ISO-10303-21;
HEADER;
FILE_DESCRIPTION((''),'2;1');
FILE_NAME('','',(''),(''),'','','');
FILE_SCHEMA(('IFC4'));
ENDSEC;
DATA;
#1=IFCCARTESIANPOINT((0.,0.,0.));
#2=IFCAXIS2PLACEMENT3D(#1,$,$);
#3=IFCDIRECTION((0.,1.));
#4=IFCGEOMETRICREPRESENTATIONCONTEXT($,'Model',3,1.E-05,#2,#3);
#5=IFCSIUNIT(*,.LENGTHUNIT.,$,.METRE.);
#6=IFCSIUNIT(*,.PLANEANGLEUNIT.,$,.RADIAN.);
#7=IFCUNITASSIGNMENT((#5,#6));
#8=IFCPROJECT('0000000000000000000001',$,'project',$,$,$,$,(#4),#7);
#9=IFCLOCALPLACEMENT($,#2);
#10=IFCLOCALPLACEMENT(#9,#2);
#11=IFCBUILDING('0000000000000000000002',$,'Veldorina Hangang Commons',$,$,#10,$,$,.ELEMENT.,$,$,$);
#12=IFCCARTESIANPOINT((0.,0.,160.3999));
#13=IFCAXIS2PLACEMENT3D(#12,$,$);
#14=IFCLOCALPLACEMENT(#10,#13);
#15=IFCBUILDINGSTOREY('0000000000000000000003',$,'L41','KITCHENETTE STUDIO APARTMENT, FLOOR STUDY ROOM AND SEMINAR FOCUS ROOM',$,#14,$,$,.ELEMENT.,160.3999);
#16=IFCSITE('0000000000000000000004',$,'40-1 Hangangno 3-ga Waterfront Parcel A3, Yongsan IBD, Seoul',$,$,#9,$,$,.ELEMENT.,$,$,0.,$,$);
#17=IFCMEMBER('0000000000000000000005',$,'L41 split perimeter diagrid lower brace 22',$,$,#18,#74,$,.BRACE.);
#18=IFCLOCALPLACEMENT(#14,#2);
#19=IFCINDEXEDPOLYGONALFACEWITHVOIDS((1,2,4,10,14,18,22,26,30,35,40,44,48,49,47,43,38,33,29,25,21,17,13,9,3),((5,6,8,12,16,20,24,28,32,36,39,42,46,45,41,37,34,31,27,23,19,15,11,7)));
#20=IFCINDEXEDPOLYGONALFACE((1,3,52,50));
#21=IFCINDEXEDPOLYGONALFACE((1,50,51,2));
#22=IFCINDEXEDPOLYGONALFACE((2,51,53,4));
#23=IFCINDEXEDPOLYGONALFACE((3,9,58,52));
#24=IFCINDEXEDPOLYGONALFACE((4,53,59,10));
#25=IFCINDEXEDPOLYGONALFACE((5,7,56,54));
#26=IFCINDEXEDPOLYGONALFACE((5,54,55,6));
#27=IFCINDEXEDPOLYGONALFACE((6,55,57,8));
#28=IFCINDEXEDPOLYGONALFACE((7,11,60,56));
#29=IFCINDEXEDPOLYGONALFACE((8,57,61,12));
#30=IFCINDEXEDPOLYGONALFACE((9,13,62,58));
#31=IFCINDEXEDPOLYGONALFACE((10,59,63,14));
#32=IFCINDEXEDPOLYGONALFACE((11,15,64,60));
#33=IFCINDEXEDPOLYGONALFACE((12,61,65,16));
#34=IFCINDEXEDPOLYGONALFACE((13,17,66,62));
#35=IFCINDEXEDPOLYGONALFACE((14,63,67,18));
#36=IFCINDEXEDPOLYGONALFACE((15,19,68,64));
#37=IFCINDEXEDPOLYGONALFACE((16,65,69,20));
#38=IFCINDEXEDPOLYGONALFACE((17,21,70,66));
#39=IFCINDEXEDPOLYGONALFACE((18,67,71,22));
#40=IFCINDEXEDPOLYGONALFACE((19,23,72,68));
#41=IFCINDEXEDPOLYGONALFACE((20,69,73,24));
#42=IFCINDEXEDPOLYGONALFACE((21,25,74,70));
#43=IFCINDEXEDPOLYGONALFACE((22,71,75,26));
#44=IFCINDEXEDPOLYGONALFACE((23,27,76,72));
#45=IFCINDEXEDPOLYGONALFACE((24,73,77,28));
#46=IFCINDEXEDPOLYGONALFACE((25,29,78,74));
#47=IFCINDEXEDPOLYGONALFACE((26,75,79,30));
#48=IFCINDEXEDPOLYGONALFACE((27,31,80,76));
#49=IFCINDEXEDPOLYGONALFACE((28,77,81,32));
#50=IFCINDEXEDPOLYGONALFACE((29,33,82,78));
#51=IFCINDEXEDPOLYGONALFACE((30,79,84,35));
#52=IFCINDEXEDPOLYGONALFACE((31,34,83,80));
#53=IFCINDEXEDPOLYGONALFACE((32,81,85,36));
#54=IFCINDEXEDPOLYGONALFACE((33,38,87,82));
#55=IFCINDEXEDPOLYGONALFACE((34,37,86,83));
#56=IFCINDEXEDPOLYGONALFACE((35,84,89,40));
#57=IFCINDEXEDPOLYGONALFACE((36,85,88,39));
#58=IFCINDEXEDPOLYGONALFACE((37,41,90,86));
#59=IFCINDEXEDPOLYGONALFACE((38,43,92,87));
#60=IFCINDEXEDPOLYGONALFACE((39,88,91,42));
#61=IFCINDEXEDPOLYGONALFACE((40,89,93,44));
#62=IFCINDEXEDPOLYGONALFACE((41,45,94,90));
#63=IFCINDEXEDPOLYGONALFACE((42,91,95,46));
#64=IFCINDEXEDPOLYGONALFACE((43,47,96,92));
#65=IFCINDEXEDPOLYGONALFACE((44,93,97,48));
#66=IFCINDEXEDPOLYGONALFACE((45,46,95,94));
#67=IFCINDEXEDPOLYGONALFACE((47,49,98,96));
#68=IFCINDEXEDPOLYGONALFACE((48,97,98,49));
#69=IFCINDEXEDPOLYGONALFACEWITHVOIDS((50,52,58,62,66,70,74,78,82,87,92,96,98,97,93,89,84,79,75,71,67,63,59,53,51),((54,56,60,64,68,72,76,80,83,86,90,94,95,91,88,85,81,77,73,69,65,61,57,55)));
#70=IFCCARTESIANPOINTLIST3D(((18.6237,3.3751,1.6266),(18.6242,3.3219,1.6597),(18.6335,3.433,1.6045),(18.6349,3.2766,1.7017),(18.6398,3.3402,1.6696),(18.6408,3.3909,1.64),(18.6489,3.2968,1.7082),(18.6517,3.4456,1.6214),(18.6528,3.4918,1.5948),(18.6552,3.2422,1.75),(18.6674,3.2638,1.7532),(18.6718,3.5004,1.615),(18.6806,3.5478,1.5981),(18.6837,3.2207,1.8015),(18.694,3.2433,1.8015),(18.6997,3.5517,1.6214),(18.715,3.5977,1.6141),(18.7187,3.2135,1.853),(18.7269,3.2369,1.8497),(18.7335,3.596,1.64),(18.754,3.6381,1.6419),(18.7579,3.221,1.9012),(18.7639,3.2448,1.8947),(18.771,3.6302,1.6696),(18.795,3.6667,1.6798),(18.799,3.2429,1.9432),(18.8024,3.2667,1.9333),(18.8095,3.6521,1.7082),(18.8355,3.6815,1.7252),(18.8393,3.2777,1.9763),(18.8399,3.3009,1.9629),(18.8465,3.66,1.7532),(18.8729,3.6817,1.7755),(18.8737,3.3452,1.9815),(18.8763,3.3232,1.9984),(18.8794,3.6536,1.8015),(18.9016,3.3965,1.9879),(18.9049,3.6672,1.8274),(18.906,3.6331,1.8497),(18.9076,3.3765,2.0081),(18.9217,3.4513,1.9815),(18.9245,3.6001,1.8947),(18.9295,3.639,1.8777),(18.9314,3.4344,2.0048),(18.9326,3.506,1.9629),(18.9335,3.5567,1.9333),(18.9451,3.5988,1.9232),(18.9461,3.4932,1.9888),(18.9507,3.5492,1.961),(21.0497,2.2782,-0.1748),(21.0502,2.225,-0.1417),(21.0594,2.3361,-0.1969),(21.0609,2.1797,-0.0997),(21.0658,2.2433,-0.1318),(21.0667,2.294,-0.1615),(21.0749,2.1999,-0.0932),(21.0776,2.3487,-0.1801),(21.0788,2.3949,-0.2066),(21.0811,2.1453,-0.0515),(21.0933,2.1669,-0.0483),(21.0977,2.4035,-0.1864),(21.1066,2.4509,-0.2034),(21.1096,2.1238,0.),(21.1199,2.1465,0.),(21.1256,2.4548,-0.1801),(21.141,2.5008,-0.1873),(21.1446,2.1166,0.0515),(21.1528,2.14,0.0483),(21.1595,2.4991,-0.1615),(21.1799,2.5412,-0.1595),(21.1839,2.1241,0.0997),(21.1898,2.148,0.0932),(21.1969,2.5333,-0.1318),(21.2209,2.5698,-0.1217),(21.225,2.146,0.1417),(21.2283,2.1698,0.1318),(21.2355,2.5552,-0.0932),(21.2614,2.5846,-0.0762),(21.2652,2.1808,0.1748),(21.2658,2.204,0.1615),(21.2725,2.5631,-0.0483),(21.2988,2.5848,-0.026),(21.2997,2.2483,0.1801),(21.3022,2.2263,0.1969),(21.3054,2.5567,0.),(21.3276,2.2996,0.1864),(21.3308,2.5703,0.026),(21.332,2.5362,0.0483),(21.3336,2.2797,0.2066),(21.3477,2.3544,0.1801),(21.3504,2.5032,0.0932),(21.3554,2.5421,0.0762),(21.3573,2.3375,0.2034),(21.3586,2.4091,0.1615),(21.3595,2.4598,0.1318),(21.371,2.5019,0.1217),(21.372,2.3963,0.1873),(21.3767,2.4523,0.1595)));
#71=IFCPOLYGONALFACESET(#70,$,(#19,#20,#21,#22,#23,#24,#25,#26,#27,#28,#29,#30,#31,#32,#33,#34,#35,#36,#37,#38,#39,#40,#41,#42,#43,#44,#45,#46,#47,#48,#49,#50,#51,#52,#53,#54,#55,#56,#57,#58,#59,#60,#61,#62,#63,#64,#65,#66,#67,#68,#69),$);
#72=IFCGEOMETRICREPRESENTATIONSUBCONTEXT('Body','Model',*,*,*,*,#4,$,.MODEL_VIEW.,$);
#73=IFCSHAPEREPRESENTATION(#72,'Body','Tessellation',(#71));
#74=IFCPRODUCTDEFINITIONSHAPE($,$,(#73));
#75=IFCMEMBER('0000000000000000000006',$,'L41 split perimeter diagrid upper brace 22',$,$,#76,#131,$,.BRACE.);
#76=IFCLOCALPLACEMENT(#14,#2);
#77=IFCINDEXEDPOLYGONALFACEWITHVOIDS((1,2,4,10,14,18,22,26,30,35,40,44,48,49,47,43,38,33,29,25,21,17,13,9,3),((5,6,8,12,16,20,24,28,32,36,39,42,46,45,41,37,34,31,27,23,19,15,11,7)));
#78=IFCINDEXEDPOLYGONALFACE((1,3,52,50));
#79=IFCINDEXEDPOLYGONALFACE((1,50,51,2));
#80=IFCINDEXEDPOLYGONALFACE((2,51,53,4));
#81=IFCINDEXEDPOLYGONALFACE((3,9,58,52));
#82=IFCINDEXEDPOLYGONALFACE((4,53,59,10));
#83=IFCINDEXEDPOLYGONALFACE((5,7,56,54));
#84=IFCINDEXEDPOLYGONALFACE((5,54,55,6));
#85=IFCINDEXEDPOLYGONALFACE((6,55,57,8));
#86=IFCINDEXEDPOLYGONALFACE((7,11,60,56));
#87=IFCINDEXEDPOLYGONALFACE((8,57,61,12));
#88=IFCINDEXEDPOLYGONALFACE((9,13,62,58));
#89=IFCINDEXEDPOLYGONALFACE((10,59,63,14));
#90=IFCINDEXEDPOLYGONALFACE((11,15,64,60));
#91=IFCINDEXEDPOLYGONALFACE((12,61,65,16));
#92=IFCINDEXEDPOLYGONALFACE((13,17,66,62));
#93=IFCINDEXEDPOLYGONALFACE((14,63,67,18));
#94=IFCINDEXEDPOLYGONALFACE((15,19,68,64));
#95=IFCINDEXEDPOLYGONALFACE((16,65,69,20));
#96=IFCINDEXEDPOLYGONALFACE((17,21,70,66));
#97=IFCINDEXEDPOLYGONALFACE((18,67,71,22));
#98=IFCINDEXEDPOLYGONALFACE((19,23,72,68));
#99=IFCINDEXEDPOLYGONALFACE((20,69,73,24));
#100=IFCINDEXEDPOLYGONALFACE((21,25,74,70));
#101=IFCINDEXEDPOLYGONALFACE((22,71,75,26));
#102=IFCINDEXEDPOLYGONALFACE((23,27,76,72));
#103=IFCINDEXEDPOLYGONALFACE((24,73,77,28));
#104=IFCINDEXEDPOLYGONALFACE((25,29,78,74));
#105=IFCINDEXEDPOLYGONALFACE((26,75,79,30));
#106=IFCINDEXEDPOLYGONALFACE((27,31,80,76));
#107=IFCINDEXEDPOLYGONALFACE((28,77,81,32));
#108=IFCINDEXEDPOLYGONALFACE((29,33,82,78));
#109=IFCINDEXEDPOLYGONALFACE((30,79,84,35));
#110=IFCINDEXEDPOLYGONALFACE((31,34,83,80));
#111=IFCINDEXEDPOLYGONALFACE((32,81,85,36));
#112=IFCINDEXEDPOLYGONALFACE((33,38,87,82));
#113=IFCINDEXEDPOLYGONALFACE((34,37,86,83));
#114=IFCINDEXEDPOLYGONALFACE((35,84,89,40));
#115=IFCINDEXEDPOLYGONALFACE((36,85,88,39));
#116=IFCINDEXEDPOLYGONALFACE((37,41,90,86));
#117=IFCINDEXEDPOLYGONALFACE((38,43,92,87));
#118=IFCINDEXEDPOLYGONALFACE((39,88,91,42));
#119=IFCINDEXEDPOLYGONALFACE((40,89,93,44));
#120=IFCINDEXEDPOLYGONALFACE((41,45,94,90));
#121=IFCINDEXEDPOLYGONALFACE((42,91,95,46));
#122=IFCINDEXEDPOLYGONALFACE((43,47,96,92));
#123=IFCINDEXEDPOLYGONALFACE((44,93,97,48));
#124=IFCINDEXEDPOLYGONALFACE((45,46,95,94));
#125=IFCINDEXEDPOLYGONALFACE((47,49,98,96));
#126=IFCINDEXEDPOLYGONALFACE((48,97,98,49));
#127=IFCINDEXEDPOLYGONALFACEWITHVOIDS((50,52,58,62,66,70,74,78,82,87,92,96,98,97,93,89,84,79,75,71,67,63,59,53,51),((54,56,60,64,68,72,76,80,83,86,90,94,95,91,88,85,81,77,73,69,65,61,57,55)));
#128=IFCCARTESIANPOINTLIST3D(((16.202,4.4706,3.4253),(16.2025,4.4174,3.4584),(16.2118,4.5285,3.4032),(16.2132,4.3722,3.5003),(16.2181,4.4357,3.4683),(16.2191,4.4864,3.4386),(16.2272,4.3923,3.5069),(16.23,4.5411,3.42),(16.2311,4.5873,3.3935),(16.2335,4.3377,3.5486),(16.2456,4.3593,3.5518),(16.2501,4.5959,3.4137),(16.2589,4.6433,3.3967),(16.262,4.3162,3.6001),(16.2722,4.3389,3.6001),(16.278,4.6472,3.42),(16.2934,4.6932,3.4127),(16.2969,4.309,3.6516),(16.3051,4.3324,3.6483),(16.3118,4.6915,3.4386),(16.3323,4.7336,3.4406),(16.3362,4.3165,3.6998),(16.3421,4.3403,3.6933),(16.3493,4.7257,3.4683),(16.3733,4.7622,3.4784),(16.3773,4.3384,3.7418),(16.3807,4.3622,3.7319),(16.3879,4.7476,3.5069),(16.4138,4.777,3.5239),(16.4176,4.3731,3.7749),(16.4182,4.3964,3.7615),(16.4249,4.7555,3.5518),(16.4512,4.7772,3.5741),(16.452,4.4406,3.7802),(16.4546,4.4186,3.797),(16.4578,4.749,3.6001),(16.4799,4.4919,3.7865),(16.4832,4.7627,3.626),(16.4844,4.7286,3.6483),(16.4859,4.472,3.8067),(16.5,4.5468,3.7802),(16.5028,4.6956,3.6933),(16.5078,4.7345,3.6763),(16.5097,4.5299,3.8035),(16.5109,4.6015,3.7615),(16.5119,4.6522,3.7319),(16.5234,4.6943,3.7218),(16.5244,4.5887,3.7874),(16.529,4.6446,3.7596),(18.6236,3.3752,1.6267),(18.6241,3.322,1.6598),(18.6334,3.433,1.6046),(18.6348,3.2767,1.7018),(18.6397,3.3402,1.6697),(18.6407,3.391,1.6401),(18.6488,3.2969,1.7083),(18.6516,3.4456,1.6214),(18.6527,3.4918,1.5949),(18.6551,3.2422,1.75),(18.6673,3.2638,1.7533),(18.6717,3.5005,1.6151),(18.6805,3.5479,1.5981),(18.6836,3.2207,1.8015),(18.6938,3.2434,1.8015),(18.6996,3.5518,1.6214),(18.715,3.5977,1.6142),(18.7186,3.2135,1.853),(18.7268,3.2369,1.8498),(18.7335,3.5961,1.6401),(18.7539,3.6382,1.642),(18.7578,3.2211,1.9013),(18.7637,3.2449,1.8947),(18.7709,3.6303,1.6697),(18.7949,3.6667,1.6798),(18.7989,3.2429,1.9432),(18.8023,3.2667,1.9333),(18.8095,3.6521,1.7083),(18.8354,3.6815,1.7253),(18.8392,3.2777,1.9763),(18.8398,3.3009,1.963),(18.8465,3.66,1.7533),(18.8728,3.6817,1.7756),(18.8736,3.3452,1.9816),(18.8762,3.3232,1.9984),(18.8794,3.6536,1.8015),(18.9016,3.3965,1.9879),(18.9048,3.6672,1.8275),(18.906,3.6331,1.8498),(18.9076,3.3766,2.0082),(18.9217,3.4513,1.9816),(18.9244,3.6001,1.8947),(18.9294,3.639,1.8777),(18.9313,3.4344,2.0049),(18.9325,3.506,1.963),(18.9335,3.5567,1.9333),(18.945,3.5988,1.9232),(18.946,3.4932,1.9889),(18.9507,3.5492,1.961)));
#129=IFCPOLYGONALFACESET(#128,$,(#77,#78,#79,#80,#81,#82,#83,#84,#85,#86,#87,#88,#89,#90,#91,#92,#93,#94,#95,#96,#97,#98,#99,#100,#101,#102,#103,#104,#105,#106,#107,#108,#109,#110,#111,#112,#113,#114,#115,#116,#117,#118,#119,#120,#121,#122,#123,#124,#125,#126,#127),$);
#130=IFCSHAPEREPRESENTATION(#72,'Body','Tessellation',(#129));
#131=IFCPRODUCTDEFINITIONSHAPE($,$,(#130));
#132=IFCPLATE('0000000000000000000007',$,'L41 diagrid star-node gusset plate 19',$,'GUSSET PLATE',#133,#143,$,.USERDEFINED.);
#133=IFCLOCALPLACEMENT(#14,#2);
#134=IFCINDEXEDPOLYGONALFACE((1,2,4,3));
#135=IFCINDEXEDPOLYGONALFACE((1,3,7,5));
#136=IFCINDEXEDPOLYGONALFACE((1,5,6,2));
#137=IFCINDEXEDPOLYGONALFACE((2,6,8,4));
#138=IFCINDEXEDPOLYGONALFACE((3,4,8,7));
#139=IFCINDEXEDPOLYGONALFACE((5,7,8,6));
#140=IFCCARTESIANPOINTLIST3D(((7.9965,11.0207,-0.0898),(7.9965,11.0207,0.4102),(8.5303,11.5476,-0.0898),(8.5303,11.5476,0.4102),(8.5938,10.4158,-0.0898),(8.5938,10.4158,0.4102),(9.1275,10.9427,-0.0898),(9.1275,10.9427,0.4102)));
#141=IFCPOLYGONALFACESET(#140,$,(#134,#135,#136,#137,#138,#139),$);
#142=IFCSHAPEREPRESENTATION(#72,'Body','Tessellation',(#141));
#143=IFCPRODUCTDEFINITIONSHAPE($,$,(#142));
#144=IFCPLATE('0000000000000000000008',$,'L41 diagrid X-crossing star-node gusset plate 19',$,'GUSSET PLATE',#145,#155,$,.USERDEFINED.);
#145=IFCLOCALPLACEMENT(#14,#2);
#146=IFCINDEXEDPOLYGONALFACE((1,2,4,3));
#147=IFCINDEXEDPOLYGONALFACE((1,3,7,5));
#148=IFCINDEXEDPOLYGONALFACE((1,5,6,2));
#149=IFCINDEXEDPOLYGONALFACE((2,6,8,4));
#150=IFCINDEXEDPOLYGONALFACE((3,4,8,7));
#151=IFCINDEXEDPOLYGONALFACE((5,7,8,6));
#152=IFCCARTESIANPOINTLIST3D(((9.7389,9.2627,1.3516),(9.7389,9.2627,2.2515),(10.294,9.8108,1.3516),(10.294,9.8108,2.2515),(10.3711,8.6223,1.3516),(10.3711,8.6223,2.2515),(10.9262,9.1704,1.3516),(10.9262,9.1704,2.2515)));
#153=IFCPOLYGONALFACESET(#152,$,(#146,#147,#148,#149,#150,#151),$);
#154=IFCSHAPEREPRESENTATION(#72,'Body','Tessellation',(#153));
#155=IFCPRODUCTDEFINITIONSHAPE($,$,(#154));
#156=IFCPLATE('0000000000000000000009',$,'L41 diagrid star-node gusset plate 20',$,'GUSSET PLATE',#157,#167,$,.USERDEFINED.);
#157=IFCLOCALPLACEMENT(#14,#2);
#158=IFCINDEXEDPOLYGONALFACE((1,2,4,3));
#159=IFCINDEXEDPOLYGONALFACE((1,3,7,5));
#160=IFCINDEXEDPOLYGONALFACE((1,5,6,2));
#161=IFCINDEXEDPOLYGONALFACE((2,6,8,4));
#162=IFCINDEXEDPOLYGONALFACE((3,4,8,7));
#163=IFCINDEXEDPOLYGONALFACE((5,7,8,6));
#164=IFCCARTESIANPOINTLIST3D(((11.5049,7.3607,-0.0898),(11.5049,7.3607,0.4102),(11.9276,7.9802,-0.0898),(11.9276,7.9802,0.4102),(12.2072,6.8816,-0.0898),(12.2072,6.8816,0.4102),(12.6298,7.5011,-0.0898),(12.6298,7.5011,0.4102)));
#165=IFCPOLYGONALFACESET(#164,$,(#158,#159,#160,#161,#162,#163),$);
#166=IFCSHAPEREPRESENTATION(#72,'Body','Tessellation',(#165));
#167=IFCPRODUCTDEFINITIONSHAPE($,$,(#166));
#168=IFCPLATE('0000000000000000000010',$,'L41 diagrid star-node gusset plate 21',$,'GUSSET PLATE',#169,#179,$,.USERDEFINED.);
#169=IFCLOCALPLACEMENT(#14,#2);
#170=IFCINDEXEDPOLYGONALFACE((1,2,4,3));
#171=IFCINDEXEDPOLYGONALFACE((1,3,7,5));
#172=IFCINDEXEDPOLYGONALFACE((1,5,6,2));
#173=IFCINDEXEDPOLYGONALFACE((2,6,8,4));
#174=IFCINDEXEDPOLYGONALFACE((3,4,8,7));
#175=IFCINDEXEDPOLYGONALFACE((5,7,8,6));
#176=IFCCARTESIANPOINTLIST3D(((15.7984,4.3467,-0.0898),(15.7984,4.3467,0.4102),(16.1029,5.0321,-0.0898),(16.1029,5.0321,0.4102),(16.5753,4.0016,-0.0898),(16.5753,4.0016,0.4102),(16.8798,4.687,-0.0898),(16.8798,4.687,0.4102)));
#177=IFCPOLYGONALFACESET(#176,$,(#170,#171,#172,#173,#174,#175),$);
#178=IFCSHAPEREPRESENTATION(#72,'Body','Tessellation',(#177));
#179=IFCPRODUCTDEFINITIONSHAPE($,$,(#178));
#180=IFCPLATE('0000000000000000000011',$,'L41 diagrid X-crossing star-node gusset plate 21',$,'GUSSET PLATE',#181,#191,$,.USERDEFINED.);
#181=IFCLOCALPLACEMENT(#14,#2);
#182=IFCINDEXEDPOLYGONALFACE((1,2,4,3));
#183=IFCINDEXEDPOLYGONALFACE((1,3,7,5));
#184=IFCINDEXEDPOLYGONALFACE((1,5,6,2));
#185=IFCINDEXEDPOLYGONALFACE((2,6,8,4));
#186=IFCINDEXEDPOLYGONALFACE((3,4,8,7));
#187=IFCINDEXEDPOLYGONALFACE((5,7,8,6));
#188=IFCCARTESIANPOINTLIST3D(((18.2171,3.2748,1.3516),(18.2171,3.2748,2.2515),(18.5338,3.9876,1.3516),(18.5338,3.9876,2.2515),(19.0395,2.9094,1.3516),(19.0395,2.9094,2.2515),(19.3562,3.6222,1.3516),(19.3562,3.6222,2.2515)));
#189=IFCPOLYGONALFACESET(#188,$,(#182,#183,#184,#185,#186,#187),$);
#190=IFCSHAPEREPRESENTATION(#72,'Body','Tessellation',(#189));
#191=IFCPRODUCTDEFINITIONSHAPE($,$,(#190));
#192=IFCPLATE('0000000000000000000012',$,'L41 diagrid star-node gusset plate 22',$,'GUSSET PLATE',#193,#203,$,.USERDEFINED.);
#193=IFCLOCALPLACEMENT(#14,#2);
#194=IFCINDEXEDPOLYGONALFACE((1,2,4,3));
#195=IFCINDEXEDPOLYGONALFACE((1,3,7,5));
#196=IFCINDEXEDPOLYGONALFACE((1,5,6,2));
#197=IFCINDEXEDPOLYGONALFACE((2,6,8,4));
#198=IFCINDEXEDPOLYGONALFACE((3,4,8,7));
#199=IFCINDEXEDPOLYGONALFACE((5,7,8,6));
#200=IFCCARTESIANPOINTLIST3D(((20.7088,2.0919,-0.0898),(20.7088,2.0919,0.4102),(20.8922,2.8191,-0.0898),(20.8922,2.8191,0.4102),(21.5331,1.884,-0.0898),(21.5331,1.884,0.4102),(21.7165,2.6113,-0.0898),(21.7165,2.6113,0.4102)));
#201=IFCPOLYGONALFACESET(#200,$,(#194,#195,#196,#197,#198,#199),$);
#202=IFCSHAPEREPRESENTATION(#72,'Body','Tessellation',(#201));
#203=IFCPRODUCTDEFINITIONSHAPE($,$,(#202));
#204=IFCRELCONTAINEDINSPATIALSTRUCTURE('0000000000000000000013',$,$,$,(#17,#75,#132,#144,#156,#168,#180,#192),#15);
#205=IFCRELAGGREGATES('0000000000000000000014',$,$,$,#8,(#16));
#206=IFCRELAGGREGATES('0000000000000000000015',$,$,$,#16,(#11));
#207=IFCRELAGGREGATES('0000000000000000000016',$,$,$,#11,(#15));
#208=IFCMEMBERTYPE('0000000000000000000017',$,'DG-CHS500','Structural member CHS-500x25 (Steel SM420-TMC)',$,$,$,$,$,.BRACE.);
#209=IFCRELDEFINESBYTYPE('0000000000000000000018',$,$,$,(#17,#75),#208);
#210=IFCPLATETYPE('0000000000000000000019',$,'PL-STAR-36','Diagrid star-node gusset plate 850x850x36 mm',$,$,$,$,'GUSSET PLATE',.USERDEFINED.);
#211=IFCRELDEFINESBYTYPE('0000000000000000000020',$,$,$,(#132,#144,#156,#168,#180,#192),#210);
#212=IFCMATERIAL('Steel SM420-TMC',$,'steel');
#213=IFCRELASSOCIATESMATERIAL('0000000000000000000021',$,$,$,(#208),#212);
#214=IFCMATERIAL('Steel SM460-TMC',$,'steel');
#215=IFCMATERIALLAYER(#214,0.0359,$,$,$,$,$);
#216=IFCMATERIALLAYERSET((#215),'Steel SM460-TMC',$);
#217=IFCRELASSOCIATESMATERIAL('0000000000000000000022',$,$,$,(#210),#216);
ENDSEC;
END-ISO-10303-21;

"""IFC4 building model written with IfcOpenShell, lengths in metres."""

from ifc_helpers import new_model, si_unit, direction, frame, origin, origin_2d, place, context, subcontext, project, spatial, rectangle, hollow_circle, extrude, material, layer, layer_set, material_profile, profile_set, type_object, element, save


model = new_model("IFC4")

# Units and contexts
model_context = context("Model", 3, precision=1e-05, world=origin(), true_north=direction((0.0, 1.0)))
body_context = subcontext(model_context, "Body", "Model", "MODEL_VIEW")
ifc_project = project(units=[si_unit("LENGTHUNIT", "METRE"), si_unit("PLANEANGLEUNIT", "RADIAN")], contexts=[model_context])

# Site, building, storey
site_placement = place(None, origin())
site = spatial("IfcSite", under=ifc_project, at=site_placement, Name="40-1 Hangangno 3-ga Waterfront Parcel A3, Yongsan IBD, Seoul", CompositionType="ELEMENT", RefElevation=0.0)
building_placement = place(site_placement, origin())
building = spatial("IfcBuilding", under=site, at=building_placement, Name="Veldorina Hangang Commons", CompositionType="ELEMENT")
storey_placement = place(building_placement, frame((0.0, 0.0, 160.3999)))
storey = spatial("IfcBuildingStorey", under=building, at=storey_placement, Name="L41", Description="KITCHENETTE STUDIO APARTMENT, FLOOR STUDY ROOM AND SEMINAR FOCUS ROOM", CompositionType="ELEMENT", Elevation=160.3999)

# Shared definitions
ifc_material_1 = material(Name="Steel SM420-TMC", Category="steel")

# Members
ifc_material_profile_1 = material_profile(ifc_material_1, hollow_circle(Radius=0.25, WallThickness=0.0249, at=origin_2d()), Name="CHS-500x25")
ifc_profile_set_1 = profile_set([ifc_material_profile_1], Name="Steel SM420-TMC")
member_type = type_object("IfcMemberType", Name="DG-CHS500", Description="Structural member CHS-500x25 (Steel SM420-TMC)", PredefinedType="BRACE", material=ifc_profile_set_1)
member_1_placement = place(storey_placement, frame((21.2126, 2.3516, 0.0), z_axis=(-0.754666, 0.341221, 0.560399), x_axis=(-0.411992, -0.911187, 0.0)))
element("IfcMember", 1, at=member_1_placement, inside=storey, type_object=member_type, Name="L41 split perimeter diagrid lower brace 22", PredefinedType="BRACE", context=body_context, shape_type="SweptSolid", body=[
    extrude(hollow_circle(Radius=0.25, WallThickness=0.0249, at=origin_2d()), origin(), (0.0, 0.0, 1.0), 3.2146),
])
member_2_placement = place(storey_placement, frame((18.7866, 3.4485, 1.8015), z_axis=(-0.75458, 0.341345, 0.560439), x_axis=(-0.412155, -0.911114, 0.0)))
element("IfcMember", 2, at=member_2_placement, inside=storey, type_object=member_type, Name="L41 split perimeter diagrid upper brace 22", PredefinedType="BRACE", context=body_context, shape_type="SweptSolid", body=[
    extrude(hollow_circle(Radius=0.25, WallThickness=0.0249, at=origin_2d()), origin(), (0.0, 0.0, 1.0), 3.2092),
])

# Plates
ifc_material_2 = material(Name="Steel SM460-TMC", Category="steel")
ifc_layer_1 = layer(ifc_material_2, 0.0359)
ifc_layer_set_1 = layer_set([ifc_layer_1], Name="Steel SM460-TMC")
plate_type = type_object("IfcPlateType", Name="PL-STAR-36", Description="Diagrid star-node gusset plate 850x850x36 mm", ElementType="GUSSET PLATE", PredefinedType="USERDEFINED", material=ifc_layer_set_1)
plate_1_placement = place(storey_placement, frame((8.562, 10.9817, -0.0898), z_axis=(0.0, 0.0, 1.0), x_axis=(0.702551, -0.711634, 0.0)))
element("IfcPlate", 3, at=plate_1_placement, inside=storey, type_object=plate_type, Name="L41 diagrid star-node gusset plate 19", ObjectType="GUSSET PLATE", PredefinedType="USERDEFINED", context=body_context, shape_type="SweptSolid", body=[
    extrude(rectangle(XDim=0.8501, YDim=0.75, at=origin_2d()), origin(), (0.0, 0.0, 1.0), 0.5),
])
plate_2_placement = place(storey_placement, frame((10.3325, 9.2166, 1.3516), z_axis=(0.0, 0.0, 1.0), x_axis=(0.702551, -0.711634, 0.0)))
element("IfcPlate", 4, at=plate_2_placement, inside=storey, type_object=plate_type, Name="L41 diagrid X-crossing star-node gusset plate 19", ObjectType="GUSSET PLATE", PredefinedType="USERDEFINED", context=body_context, shape_type="SweptSolid", body=[
    extrude(rectangle(XDim=0.8999, YDim=0.78, at=origin_2d()), origin(), (0.0, 0.0, 1.0), 0.8999),
])
for number, where, z_axis, x_axis, name in (
    (5, (12.0674, 7.4309, -0.0898), (0.0, 0.0, 1.0), (0.826079, -0.563555, 0.0), "L41 diagrid star-node gusset plate 20"),
    (6, (16.3391, 4.5168, -0.0898), (0.0, 0.0, 1.0), (0.913858, -0.406035, 0.0), "L41 diagrid star-node gusset plate 21"),
):
    element("IfcPlate", number, at=place(storey_placement, frame(where, z_axis=z_axis, x_axis=x_axis)), inside=storey, type_object=plate_type, Name=name, ObjectType="GUSSET PLATE", PredefinedType="USERDEFINED", context=body_context, shape_type="SweptSolid", body=[
        extrude(rectangle(XDim=0.8501, YDim=0.75, at=origin_2d()), origin(), (0.0, 0.0, 1.0), 0.5),
    ])
plate_3_placement = place(storey_placement, frame((18.7866, 3.4485, 1.3516), z_axis=(0.0, 0.0, 1.0), x_axis=(0.913858, -0.406035, 0.0)))
element("IfcPlate", 7, at=plate_3_placement, inside=storey, type_object=plate_type, Name="L41 diagrid X-crossing star-node gusset plate 21", ObjectType="GUSSET PLATE", PredefinedType="USERDEFINED", context=body_context, shape_type="SweptSolid", body=[
    extrude(rectangle(XDim=0.8999, YDim=0.78, at=origin_2d()), origin(), (0.0, 0.0, 1.0), 0.8999),
])
plate_4_placement = place(storey_placement, frame((21.2126, 2.3516, -0.0898), z_axis=(0.0, 0.0, 1.0), x_axis=(0.969646, -0.244512, 0.0)))
element("IfcPlate", 8, at=plate_4_placement, inside=storey, type_object=plate_type, Name="L41 diagrid star-node gusset plate 22", ObjectType="GUSSET PLATE", PredefinedType="USERDEFINED", context=body_context, shape_type="SweptSolid", body=[
    extrude(rectangle(XDim=0.8501, YDim=0.75, at=origin_2d()), origin(), (0.0, 0.0, 1.0), 0.5),
])

save(model, "model.ifc")
